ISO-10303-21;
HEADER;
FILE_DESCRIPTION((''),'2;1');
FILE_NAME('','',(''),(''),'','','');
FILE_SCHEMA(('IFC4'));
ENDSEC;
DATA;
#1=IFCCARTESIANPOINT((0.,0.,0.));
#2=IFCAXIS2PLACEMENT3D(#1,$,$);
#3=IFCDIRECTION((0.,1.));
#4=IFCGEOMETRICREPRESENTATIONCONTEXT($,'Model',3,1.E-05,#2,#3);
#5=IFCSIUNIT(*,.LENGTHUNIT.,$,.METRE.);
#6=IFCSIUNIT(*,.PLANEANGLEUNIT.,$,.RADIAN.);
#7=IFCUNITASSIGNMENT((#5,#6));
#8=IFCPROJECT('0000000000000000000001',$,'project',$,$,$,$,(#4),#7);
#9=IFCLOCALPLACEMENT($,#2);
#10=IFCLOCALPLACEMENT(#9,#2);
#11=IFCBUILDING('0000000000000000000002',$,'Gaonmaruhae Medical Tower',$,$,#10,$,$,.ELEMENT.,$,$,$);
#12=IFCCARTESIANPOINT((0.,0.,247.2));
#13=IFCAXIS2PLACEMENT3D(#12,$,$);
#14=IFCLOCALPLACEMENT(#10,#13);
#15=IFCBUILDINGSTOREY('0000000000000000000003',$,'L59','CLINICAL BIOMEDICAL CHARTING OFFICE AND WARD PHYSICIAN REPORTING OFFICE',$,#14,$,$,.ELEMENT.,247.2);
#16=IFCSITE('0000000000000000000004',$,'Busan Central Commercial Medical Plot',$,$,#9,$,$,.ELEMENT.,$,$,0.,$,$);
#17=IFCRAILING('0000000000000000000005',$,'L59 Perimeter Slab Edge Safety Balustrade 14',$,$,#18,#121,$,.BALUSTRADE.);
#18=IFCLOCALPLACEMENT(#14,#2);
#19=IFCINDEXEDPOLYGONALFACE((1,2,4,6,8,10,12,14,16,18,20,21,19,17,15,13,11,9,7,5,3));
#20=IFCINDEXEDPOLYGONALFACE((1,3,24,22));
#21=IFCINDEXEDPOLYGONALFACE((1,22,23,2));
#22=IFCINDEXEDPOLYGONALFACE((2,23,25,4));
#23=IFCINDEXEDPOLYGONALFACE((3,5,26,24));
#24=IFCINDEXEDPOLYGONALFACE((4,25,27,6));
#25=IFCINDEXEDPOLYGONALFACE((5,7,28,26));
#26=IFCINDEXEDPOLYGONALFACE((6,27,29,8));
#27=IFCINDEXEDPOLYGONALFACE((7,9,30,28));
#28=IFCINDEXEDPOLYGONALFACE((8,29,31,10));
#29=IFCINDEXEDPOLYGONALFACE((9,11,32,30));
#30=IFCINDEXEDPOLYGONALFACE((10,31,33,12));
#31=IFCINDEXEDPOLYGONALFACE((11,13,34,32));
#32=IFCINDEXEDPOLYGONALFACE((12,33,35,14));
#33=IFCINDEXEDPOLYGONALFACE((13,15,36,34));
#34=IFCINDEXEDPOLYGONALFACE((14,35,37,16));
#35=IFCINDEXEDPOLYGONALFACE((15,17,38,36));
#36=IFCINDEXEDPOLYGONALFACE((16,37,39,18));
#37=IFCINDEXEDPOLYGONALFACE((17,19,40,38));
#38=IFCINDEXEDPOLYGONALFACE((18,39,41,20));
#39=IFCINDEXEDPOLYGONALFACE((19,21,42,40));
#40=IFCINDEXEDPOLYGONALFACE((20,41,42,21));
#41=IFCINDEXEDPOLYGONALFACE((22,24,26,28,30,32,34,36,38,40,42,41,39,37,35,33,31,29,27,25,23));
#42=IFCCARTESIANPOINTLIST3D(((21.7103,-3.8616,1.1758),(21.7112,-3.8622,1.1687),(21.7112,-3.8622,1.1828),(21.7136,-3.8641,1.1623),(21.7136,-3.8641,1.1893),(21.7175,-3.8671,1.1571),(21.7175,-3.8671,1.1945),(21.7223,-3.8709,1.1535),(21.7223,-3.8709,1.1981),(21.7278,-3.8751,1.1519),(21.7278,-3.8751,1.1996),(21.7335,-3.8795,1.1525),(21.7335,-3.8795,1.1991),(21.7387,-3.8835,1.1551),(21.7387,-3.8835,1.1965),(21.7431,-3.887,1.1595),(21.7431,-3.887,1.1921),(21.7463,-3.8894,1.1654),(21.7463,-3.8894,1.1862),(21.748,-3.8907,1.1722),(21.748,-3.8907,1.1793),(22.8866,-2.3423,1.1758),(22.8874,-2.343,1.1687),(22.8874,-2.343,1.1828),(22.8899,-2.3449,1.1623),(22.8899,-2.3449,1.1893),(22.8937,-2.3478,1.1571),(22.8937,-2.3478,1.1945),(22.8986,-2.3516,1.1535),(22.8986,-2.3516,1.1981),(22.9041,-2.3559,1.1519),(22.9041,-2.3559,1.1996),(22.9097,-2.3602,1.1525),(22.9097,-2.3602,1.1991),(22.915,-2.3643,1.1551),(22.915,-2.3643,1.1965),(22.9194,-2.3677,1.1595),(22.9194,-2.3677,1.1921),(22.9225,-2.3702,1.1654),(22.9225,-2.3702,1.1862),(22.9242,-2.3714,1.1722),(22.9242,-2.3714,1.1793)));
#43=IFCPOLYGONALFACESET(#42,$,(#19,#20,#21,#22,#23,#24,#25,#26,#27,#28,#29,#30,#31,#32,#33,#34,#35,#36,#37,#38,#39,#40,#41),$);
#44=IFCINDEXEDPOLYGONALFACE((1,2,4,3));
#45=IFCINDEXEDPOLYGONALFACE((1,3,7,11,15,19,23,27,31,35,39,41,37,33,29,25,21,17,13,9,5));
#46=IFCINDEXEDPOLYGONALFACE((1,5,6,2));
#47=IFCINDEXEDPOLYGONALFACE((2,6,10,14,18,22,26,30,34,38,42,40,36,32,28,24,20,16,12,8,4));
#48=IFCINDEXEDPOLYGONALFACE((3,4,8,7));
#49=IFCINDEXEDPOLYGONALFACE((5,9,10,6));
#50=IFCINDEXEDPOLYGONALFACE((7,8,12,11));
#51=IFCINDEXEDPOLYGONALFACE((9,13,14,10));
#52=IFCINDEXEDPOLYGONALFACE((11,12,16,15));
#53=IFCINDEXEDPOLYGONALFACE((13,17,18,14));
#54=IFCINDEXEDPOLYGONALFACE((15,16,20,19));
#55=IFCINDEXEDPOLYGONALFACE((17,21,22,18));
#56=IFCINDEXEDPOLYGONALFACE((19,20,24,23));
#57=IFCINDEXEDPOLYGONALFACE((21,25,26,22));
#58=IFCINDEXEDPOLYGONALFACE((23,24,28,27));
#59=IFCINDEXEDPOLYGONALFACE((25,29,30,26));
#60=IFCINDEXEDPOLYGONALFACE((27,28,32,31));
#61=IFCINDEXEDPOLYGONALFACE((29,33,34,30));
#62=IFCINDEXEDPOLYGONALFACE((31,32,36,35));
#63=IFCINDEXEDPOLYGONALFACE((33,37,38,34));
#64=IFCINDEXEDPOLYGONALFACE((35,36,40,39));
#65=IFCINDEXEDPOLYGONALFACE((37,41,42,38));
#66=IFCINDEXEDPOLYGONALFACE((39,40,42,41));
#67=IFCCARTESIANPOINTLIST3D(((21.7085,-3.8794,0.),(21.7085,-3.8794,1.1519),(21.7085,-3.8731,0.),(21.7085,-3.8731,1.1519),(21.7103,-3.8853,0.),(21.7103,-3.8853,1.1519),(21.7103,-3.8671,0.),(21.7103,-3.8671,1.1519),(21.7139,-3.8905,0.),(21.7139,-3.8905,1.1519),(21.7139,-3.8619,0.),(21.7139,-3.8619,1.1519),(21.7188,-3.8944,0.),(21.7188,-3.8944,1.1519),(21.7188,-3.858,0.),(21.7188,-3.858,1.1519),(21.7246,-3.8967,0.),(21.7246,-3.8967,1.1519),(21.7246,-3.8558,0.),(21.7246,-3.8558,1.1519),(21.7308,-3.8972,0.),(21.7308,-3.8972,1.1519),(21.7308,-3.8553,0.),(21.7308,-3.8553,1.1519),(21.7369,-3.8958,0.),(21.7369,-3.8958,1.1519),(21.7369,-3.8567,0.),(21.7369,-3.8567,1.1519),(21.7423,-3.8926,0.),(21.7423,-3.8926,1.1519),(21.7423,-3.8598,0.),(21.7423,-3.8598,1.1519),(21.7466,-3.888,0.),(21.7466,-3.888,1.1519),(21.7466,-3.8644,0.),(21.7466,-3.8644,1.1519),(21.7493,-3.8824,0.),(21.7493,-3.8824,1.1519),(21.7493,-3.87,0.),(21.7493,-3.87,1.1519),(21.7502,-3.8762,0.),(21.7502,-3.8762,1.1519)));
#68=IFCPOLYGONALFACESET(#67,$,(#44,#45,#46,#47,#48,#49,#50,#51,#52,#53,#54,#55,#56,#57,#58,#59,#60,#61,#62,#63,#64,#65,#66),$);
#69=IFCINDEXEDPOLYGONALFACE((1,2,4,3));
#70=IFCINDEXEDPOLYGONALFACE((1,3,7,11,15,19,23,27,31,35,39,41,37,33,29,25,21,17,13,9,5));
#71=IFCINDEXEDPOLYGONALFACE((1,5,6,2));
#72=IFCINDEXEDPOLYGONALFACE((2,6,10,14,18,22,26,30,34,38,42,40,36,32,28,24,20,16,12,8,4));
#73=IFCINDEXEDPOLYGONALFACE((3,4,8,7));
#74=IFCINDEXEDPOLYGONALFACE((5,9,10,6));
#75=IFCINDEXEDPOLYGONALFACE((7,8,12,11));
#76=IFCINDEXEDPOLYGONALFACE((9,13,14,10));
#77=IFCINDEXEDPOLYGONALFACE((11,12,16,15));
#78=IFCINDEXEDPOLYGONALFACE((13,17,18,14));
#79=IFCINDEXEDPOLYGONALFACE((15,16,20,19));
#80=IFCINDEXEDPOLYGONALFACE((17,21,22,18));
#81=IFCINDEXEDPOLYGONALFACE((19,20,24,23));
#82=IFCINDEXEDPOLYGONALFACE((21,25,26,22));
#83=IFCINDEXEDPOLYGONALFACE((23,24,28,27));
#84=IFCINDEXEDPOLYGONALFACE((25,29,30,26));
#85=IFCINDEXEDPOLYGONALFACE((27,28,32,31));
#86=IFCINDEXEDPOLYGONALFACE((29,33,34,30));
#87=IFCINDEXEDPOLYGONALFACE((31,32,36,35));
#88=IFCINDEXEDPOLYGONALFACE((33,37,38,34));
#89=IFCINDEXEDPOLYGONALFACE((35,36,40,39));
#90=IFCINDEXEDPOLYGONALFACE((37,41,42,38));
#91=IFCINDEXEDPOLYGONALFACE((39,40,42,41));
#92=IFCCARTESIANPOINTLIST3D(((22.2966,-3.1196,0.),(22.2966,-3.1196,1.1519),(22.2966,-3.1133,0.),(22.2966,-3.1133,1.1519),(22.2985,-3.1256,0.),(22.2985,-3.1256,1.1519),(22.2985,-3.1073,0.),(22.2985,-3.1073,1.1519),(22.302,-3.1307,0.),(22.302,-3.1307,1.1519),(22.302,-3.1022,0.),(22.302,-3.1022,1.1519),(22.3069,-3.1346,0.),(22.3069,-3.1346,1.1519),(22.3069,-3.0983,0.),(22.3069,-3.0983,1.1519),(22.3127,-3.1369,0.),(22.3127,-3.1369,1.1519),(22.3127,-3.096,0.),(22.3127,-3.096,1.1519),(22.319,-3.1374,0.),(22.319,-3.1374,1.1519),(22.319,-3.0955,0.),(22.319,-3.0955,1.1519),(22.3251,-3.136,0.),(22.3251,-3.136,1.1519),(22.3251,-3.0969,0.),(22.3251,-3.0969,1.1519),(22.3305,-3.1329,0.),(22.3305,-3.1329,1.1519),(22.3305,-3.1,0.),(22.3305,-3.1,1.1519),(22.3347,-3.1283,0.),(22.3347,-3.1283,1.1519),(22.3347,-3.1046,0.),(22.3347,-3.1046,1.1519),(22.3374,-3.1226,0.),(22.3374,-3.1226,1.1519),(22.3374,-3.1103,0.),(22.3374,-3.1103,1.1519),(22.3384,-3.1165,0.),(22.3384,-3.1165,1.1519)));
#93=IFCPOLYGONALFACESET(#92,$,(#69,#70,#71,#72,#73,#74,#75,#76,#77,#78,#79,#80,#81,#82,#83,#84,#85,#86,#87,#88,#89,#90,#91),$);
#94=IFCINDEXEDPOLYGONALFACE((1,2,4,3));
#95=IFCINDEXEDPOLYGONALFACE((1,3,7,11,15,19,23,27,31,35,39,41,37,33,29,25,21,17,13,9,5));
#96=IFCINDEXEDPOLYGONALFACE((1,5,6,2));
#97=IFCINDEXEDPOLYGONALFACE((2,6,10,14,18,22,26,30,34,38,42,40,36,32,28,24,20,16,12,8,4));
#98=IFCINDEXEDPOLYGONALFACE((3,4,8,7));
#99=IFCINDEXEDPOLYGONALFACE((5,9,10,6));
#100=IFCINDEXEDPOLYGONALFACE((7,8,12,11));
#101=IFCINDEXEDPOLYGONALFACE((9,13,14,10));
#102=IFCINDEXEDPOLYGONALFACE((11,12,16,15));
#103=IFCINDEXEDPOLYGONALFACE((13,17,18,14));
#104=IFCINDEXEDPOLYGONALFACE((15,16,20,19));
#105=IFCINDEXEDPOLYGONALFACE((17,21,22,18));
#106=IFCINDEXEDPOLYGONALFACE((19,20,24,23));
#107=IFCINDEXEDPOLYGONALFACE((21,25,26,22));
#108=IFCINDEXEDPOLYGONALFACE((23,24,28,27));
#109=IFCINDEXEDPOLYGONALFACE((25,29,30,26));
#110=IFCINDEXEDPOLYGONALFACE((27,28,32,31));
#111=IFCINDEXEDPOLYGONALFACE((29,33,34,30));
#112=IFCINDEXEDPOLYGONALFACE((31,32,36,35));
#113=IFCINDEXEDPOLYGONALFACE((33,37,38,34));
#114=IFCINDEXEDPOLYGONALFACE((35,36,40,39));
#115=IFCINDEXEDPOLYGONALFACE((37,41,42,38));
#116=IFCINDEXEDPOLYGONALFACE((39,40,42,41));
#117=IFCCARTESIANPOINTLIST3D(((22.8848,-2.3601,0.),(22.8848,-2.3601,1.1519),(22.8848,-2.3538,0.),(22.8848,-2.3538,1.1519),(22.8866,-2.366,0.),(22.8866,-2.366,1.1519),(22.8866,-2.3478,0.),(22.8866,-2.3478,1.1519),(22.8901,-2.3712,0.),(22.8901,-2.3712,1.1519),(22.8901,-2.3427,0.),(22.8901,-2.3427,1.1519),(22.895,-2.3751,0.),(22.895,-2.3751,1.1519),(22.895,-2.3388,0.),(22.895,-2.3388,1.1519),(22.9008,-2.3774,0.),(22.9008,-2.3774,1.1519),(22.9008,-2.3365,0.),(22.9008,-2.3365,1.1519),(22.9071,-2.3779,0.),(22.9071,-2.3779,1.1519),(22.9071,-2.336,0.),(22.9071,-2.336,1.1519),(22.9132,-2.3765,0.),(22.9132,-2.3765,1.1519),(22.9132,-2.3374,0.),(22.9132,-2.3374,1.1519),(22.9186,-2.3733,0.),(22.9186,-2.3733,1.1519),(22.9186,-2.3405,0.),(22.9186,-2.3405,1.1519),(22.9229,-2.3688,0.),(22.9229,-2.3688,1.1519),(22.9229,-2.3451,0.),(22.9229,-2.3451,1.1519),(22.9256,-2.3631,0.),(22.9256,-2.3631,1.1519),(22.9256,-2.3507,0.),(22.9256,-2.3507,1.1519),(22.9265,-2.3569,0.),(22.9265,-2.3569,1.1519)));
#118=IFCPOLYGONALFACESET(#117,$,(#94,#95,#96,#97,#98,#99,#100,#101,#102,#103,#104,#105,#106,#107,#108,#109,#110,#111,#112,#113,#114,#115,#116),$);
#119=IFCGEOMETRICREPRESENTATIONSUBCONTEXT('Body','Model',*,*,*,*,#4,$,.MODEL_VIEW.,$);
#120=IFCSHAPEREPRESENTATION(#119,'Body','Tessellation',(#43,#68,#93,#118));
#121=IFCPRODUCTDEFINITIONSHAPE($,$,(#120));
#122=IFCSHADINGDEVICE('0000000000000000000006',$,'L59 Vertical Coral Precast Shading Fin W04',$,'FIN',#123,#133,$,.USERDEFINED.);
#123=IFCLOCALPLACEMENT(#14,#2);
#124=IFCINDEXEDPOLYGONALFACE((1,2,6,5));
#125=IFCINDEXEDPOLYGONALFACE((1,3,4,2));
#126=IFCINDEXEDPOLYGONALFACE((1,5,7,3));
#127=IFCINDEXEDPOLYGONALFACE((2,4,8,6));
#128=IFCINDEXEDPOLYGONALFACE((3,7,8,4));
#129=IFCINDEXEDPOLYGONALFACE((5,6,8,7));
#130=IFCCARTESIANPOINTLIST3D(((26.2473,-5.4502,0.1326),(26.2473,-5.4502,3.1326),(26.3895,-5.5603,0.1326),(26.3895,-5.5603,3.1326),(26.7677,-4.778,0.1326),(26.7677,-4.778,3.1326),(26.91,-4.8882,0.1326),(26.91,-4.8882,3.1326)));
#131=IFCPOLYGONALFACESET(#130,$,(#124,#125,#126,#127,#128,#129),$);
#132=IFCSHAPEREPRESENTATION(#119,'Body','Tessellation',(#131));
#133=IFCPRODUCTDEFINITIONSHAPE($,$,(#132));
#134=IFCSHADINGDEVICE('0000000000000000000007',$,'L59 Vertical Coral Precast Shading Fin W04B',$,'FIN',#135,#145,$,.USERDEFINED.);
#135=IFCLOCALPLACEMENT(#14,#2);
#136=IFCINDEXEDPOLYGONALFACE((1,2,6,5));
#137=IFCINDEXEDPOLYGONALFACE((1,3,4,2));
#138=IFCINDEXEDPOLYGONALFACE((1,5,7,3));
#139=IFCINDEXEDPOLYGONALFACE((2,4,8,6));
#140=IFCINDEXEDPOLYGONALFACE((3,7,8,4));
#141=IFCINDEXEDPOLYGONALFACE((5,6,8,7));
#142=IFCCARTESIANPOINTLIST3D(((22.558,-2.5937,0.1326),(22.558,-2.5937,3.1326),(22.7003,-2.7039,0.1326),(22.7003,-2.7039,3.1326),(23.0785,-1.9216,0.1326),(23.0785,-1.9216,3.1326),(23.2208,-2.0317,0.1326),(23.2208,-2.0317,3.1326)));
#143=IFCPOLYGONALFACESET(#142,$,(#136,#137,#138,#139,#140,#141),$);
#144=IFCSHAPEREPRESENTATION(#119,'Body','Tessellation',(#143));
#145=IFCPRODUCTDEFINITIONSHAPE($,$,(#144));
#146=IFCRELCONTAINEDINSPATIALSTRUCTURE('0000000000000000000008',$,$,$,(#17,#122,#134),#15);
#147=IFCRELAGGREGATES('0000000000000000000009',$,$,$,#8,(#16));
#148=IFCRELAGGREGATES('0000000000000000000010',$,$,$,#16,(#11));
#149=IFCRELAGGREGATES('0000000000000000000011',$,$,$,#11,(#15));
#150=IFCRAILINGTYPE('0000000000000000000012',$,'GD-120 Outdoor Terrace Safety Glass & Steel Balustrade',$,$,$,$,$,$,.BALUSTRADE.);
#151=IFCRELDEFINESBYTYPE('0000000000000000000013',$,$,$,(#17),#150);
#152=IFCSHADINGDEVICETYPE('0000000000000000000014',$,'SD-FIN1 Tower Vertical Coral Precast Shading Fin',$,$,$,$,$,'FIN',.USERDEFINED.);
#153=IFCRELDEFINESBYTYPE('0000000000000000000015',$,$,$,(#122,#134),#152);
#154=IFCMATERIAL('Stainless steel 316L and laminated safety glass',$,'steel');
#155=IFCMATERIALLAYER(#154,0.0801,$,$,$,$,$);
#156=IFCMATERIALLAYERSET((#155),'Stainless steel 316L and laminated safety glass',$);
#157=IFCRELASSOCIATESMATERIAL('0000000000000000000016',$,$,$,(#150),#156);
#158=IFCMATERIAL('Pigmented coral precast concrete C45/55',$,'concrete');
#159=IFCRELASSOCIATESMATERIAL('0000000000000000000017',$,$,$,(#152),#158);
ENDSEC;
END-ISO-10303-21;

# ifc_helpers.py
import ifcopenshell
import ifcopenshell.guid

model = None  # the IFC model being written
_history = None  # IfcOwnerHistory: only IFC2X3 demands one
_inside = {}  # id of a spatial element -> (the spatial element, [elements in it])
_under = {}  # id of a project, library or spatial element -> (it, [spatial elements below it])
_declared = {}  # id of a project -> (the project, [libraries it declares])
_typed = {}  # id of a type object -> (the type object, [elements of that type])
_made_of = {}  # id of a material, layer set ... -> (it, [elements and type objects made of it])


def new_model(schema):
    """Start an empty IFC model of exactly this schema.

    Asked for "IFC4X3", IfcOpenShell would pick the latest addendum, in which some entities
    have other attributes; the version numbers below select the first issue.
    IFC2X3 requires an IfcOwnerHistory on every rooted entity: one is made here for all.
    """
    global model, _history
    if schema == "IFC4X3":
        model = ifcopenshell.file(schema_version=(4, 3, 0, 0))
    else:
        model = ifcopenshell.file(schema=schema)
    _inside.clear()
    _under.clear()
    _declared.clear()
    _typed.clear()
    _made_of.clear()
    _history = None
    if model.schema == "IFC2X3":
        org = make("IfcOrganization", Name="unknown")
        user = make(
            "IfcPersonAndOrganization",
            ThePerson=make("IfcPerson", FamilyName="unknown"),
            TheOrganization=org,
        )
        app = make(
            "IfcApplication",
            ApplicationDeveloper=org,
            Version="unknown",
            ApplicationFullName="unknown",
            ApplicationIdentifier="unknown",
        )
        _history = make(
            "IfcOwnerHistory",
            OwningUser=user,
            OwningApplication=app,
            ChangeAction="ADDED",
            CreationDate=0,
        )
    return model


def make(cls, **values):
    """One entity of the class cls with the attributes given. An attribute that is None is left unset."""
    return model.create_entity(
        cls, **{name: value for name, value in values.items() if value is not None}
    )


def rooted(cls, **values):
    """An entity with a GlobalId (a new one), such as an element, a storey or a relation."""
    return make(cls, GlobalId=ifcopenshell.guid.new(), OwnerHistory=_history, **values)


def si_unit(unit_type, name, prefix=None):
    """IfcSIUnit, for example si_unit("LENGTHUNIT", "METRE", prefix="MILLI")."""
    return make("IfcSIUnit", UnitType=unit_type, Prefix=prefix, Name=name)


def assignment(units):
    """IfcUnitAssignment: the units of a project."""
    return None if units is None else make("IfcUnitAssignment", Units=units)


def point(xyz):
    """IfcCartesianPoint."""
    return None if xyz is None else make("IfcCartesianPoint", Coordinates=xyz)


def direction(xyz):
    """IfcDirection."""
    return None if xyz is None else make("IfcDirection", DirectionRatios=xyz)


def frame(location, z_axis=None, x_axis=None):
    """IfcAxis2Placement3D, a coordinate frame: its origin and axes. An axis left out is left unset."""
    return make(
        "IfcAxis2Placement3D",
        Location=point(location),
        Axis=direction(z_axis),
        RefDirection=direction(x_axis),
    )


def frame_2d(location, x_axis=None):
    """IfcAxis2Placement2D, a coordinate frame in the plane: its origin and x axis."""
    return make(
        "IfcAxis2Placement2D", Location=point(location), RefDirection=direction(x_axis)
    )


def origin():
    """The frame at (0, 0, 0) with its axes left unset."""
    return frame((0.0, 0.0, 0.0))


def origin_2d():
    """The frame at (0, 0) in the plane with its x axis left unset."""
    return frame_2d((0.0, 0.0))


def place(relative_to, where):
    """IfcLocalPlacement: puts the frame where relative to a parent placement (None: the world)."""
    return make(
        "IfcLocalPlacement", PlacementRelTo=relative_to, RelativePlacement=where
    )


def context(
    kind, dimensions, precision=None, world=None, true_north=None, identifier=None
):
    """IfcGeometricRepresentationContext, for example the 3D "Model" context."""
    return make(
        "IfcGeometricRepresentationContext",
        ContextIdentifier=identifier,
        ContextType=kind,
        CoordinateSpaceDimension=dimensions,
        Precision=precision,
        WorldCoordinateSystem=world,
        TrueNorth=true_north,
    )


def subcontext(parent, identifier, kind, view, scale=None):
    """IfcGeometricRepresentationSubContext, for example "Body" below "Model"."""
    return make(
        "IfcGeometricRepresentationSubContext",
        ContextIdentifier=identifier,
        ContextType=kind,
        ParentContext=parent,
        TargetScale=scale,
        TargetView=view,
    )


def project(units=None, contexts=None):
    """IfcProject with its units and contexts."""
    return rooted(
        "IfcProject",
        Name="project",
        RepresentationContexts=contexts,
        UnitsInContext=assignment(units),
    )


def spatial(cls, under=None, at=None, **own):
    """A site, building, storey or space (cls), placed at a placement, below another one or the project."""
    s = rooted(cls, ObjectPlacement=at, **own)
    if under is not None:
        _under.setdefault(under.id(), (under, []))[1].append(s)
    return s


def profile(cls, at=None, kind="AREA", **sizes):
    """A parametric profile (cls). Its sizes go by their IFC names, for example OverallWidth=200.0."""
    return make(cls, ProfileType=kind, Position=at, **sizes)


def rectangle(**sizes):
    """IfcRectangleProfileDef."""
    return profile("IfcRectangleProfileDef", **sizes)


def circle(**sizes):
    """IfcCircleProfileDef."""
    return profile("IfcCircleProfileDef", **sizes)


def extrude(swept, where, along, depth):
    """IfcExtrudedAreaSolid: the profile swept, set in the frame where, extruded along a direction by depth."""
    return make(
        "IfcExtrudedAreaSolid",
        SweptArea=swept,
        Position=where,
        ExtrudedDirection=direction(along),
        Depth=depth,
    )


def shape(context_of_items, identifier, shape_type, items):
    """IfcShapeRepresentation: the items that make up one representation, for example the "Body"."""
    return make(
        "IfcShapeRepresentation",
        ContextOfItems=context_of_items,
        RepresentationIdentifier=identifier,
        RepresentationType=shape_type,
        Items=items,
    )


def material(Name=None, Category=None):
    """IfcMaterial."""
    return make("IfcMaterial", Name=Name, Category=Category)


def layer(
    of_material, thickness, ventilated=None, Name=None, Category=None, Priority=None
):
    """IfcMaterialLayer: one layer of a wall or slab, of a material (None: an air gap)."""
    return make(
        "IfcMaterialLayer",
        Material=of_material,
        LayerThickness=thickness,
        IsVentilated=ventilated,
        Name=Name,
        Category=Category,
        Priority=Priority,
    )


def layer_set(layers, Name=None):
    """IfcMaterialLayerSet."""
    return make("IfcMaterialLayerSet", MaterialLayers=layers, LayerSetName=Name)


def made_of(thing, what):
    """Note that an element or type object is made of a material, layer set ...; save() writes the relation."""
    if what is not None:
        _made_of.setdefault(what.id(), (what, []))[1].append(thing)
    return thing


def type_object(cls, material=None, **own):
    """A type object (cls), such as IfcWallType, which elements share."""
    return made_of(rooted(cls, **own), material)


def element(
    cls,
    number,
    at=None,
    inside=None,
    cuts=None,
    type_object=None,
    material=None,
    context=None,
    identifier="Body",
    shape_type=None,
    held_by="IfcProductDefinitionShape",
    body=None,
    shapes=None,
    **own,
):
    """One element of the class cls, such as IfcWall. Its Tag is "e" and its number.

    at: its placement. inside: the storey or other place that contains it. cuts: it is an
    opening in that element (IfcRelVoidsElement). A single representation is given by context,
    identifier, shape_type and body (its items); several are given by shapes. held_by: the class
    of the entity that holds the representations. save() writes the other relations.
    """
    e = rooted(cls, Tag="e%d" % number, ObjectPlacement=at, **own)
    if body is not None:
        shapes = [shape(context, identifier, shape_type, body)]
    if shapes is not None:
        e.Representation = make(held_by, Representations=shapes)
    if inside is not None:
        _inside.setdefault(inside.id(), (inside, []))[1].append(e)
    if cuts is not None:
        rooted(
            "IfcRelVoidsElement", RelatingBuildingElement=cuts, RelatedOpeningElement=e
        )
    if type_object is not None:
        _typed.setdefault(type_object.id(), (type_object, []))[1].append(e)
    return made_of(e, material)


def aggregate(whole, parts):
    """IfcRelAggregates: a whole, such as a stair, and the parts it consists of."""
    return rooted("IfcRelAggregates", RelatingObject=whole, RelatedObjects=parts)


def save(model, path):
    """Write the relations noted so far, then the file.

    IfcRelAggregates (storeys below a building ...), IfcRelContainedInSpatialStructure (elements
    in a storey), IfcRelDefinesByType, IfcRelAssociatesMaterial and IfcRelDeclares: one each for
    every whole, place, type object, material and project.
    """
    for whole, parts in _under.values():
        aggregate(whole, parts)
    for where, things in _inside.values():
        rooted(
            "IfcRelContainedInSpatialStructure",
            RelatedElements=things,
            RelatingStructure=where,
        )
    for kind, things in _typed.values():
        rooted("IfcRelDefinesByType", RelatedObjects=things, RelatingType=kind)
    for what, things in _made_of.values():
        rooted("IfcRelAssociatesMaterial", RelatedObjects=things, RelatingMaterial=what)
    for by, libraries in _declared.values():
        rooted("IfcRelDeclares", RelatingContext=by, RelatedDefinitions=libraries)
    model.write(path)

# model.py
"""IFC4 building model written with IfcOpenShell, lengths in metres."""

from ifc_helpers import new_model, si_unit, direction, frame, origin, origin_2d, place, context, subcontext, project, spatial, rectangle, circle, extrude, material, layer, layer_set, type_object, element, save


model = new_model("IFC4")

# Units and contexts
model_context = context("Model", 3, precision=1e-05, world=origin(), true_north=direction((0.0, 1.0)))
body_context = subcontext(model_context, "Body", "Model", "MODEL_VIEW")
ifc_project = project(units=[si_unit("LENGTHUNIT", "METRE"), si_unit("PLANEANGLEUNIT", "RADIAN")], contexts=[model_context])

# Site, building, storey
site_placement = place(None, origin())
site = spatial("IfcSite", under=ifc_project, at=site_placement, Name="Busan Central Commercial Medical Plot", CompositionType="ELEMENT", RefElevation=0.0)
building_placement = place(site_placement, origin())
building = spatial("IfcBuilding", under=site, at=building_placement, Name="Gaonmaruhae Medical Tower", CompositionType="ELEMENT")
storey_placement = place(building_placement, frame((0.0, 0.0, 247.2)))
storey = spatial("IfcBuildingStorey", under=building, at=storey_placement, Name="L59", Description="CLINICAL BIOMEDICAL CHARTING OFFICE AND WARD PHYSICIAN REPORTING OFFICE", CompositionType="ELEMENT", Elevation=247.2)

# Railing
ifc_material_1 = material(Name="Stainless steel 316L and laminated safety glass", Category="steel")
ifc_layer_1 = layer(ifc_material_1, 0.0801)
ifc_layer_set_1 = layer_set([ifc_layer_1], Name="Stainless steel 316L and laminated safety glass")
railing_type = type_object("IfcRailingType", Name="GD-120 Outdoor Terrace Safety Glass & Steel Balustrade", PredefinedType="BALUSTRADE", material=ifc_layer_set_1)
railing_1_placement = place(storey_placement, frame((21.7292, -3.8762, 0.0)))
element("IfcRailing", 1, at=railing_1_placement, inside=storey, type_object=railing_type, Name="L59 Perimeter Slab Edge Safety Balustrade 14", PredefinedType="BALUSTRADE", context=body_context, shape_type="SweptSolid", body=[
    extrude(circle(Radius=0.0239, at=origin_2d()), frame((0.0, 0.0, 1.1758), z_axis=(0.612189, 0.790712, 0.0), x_axis=(-0.790712, 0.612189, 0.0)), (0.0, 0.0, 1.0), 1.9214),
    extrude(circle(Radius=0.021, at=origin_2d()), origin(), (0.0, 0.0, 1.0), 1.1519),
    extrude(circle(Radius=0.021, at=origin_2d()), frame((0.5881, 0.7598, 0.0)), (0.0, 0.0, 1.0), 1.1519),
    extrude(circle(Radius=0.021, at=origin_2d()), frame((1.1763, 1.5193, 0.0)), (0.0, 0.0, 1.0), 1.1519),
])

# Shading devices
ifc_material_2 = material(Name="Pigmented coral precast concrete C45/55", Category="concrete")
shading_device_type = type_object("IfcShadingDeviceType", Name="SD-FIN1 Tower Vertical Coral Precast Shading Fin", ElementType="FIN", PredefinedType="USERDEFINED", material=ifc_material_2)
for number, where, z_axis, x_axis, name in (
    (2, (26.5786, -5.1692, 0.1326), (0.0, 0.0, 1.0), (-0.79069, 0.612217, 0.0), "L59 Vertical Coral Precast Shading Fin W04"),
    (3, (22.8894, -2.3127, 0.1326), (0.0, 0.0, 1.0), (-0.79069, 0.612217, 0.0), "L59 Vertical Coral Precast Shading Fin W04B"),
):
    element("IfcShadingDevice", number, at=place(storey_placement, frame(where, z_axis=z_axis, x_axis=x_axis)), inside=storey, type_object=shading_device_type, Name=name, ObjectType="FIN", PredefinedType="USERDEFINED", context=body_context, shape_type="SweptSolid", body=[
        extrude(rectangle(XDim=0.1799, YDim=0.8501, at=origin_2d()), origin(), (0.0, 0.0, 1.0), 3.0),
    ])

save(model, "model.ifc")
